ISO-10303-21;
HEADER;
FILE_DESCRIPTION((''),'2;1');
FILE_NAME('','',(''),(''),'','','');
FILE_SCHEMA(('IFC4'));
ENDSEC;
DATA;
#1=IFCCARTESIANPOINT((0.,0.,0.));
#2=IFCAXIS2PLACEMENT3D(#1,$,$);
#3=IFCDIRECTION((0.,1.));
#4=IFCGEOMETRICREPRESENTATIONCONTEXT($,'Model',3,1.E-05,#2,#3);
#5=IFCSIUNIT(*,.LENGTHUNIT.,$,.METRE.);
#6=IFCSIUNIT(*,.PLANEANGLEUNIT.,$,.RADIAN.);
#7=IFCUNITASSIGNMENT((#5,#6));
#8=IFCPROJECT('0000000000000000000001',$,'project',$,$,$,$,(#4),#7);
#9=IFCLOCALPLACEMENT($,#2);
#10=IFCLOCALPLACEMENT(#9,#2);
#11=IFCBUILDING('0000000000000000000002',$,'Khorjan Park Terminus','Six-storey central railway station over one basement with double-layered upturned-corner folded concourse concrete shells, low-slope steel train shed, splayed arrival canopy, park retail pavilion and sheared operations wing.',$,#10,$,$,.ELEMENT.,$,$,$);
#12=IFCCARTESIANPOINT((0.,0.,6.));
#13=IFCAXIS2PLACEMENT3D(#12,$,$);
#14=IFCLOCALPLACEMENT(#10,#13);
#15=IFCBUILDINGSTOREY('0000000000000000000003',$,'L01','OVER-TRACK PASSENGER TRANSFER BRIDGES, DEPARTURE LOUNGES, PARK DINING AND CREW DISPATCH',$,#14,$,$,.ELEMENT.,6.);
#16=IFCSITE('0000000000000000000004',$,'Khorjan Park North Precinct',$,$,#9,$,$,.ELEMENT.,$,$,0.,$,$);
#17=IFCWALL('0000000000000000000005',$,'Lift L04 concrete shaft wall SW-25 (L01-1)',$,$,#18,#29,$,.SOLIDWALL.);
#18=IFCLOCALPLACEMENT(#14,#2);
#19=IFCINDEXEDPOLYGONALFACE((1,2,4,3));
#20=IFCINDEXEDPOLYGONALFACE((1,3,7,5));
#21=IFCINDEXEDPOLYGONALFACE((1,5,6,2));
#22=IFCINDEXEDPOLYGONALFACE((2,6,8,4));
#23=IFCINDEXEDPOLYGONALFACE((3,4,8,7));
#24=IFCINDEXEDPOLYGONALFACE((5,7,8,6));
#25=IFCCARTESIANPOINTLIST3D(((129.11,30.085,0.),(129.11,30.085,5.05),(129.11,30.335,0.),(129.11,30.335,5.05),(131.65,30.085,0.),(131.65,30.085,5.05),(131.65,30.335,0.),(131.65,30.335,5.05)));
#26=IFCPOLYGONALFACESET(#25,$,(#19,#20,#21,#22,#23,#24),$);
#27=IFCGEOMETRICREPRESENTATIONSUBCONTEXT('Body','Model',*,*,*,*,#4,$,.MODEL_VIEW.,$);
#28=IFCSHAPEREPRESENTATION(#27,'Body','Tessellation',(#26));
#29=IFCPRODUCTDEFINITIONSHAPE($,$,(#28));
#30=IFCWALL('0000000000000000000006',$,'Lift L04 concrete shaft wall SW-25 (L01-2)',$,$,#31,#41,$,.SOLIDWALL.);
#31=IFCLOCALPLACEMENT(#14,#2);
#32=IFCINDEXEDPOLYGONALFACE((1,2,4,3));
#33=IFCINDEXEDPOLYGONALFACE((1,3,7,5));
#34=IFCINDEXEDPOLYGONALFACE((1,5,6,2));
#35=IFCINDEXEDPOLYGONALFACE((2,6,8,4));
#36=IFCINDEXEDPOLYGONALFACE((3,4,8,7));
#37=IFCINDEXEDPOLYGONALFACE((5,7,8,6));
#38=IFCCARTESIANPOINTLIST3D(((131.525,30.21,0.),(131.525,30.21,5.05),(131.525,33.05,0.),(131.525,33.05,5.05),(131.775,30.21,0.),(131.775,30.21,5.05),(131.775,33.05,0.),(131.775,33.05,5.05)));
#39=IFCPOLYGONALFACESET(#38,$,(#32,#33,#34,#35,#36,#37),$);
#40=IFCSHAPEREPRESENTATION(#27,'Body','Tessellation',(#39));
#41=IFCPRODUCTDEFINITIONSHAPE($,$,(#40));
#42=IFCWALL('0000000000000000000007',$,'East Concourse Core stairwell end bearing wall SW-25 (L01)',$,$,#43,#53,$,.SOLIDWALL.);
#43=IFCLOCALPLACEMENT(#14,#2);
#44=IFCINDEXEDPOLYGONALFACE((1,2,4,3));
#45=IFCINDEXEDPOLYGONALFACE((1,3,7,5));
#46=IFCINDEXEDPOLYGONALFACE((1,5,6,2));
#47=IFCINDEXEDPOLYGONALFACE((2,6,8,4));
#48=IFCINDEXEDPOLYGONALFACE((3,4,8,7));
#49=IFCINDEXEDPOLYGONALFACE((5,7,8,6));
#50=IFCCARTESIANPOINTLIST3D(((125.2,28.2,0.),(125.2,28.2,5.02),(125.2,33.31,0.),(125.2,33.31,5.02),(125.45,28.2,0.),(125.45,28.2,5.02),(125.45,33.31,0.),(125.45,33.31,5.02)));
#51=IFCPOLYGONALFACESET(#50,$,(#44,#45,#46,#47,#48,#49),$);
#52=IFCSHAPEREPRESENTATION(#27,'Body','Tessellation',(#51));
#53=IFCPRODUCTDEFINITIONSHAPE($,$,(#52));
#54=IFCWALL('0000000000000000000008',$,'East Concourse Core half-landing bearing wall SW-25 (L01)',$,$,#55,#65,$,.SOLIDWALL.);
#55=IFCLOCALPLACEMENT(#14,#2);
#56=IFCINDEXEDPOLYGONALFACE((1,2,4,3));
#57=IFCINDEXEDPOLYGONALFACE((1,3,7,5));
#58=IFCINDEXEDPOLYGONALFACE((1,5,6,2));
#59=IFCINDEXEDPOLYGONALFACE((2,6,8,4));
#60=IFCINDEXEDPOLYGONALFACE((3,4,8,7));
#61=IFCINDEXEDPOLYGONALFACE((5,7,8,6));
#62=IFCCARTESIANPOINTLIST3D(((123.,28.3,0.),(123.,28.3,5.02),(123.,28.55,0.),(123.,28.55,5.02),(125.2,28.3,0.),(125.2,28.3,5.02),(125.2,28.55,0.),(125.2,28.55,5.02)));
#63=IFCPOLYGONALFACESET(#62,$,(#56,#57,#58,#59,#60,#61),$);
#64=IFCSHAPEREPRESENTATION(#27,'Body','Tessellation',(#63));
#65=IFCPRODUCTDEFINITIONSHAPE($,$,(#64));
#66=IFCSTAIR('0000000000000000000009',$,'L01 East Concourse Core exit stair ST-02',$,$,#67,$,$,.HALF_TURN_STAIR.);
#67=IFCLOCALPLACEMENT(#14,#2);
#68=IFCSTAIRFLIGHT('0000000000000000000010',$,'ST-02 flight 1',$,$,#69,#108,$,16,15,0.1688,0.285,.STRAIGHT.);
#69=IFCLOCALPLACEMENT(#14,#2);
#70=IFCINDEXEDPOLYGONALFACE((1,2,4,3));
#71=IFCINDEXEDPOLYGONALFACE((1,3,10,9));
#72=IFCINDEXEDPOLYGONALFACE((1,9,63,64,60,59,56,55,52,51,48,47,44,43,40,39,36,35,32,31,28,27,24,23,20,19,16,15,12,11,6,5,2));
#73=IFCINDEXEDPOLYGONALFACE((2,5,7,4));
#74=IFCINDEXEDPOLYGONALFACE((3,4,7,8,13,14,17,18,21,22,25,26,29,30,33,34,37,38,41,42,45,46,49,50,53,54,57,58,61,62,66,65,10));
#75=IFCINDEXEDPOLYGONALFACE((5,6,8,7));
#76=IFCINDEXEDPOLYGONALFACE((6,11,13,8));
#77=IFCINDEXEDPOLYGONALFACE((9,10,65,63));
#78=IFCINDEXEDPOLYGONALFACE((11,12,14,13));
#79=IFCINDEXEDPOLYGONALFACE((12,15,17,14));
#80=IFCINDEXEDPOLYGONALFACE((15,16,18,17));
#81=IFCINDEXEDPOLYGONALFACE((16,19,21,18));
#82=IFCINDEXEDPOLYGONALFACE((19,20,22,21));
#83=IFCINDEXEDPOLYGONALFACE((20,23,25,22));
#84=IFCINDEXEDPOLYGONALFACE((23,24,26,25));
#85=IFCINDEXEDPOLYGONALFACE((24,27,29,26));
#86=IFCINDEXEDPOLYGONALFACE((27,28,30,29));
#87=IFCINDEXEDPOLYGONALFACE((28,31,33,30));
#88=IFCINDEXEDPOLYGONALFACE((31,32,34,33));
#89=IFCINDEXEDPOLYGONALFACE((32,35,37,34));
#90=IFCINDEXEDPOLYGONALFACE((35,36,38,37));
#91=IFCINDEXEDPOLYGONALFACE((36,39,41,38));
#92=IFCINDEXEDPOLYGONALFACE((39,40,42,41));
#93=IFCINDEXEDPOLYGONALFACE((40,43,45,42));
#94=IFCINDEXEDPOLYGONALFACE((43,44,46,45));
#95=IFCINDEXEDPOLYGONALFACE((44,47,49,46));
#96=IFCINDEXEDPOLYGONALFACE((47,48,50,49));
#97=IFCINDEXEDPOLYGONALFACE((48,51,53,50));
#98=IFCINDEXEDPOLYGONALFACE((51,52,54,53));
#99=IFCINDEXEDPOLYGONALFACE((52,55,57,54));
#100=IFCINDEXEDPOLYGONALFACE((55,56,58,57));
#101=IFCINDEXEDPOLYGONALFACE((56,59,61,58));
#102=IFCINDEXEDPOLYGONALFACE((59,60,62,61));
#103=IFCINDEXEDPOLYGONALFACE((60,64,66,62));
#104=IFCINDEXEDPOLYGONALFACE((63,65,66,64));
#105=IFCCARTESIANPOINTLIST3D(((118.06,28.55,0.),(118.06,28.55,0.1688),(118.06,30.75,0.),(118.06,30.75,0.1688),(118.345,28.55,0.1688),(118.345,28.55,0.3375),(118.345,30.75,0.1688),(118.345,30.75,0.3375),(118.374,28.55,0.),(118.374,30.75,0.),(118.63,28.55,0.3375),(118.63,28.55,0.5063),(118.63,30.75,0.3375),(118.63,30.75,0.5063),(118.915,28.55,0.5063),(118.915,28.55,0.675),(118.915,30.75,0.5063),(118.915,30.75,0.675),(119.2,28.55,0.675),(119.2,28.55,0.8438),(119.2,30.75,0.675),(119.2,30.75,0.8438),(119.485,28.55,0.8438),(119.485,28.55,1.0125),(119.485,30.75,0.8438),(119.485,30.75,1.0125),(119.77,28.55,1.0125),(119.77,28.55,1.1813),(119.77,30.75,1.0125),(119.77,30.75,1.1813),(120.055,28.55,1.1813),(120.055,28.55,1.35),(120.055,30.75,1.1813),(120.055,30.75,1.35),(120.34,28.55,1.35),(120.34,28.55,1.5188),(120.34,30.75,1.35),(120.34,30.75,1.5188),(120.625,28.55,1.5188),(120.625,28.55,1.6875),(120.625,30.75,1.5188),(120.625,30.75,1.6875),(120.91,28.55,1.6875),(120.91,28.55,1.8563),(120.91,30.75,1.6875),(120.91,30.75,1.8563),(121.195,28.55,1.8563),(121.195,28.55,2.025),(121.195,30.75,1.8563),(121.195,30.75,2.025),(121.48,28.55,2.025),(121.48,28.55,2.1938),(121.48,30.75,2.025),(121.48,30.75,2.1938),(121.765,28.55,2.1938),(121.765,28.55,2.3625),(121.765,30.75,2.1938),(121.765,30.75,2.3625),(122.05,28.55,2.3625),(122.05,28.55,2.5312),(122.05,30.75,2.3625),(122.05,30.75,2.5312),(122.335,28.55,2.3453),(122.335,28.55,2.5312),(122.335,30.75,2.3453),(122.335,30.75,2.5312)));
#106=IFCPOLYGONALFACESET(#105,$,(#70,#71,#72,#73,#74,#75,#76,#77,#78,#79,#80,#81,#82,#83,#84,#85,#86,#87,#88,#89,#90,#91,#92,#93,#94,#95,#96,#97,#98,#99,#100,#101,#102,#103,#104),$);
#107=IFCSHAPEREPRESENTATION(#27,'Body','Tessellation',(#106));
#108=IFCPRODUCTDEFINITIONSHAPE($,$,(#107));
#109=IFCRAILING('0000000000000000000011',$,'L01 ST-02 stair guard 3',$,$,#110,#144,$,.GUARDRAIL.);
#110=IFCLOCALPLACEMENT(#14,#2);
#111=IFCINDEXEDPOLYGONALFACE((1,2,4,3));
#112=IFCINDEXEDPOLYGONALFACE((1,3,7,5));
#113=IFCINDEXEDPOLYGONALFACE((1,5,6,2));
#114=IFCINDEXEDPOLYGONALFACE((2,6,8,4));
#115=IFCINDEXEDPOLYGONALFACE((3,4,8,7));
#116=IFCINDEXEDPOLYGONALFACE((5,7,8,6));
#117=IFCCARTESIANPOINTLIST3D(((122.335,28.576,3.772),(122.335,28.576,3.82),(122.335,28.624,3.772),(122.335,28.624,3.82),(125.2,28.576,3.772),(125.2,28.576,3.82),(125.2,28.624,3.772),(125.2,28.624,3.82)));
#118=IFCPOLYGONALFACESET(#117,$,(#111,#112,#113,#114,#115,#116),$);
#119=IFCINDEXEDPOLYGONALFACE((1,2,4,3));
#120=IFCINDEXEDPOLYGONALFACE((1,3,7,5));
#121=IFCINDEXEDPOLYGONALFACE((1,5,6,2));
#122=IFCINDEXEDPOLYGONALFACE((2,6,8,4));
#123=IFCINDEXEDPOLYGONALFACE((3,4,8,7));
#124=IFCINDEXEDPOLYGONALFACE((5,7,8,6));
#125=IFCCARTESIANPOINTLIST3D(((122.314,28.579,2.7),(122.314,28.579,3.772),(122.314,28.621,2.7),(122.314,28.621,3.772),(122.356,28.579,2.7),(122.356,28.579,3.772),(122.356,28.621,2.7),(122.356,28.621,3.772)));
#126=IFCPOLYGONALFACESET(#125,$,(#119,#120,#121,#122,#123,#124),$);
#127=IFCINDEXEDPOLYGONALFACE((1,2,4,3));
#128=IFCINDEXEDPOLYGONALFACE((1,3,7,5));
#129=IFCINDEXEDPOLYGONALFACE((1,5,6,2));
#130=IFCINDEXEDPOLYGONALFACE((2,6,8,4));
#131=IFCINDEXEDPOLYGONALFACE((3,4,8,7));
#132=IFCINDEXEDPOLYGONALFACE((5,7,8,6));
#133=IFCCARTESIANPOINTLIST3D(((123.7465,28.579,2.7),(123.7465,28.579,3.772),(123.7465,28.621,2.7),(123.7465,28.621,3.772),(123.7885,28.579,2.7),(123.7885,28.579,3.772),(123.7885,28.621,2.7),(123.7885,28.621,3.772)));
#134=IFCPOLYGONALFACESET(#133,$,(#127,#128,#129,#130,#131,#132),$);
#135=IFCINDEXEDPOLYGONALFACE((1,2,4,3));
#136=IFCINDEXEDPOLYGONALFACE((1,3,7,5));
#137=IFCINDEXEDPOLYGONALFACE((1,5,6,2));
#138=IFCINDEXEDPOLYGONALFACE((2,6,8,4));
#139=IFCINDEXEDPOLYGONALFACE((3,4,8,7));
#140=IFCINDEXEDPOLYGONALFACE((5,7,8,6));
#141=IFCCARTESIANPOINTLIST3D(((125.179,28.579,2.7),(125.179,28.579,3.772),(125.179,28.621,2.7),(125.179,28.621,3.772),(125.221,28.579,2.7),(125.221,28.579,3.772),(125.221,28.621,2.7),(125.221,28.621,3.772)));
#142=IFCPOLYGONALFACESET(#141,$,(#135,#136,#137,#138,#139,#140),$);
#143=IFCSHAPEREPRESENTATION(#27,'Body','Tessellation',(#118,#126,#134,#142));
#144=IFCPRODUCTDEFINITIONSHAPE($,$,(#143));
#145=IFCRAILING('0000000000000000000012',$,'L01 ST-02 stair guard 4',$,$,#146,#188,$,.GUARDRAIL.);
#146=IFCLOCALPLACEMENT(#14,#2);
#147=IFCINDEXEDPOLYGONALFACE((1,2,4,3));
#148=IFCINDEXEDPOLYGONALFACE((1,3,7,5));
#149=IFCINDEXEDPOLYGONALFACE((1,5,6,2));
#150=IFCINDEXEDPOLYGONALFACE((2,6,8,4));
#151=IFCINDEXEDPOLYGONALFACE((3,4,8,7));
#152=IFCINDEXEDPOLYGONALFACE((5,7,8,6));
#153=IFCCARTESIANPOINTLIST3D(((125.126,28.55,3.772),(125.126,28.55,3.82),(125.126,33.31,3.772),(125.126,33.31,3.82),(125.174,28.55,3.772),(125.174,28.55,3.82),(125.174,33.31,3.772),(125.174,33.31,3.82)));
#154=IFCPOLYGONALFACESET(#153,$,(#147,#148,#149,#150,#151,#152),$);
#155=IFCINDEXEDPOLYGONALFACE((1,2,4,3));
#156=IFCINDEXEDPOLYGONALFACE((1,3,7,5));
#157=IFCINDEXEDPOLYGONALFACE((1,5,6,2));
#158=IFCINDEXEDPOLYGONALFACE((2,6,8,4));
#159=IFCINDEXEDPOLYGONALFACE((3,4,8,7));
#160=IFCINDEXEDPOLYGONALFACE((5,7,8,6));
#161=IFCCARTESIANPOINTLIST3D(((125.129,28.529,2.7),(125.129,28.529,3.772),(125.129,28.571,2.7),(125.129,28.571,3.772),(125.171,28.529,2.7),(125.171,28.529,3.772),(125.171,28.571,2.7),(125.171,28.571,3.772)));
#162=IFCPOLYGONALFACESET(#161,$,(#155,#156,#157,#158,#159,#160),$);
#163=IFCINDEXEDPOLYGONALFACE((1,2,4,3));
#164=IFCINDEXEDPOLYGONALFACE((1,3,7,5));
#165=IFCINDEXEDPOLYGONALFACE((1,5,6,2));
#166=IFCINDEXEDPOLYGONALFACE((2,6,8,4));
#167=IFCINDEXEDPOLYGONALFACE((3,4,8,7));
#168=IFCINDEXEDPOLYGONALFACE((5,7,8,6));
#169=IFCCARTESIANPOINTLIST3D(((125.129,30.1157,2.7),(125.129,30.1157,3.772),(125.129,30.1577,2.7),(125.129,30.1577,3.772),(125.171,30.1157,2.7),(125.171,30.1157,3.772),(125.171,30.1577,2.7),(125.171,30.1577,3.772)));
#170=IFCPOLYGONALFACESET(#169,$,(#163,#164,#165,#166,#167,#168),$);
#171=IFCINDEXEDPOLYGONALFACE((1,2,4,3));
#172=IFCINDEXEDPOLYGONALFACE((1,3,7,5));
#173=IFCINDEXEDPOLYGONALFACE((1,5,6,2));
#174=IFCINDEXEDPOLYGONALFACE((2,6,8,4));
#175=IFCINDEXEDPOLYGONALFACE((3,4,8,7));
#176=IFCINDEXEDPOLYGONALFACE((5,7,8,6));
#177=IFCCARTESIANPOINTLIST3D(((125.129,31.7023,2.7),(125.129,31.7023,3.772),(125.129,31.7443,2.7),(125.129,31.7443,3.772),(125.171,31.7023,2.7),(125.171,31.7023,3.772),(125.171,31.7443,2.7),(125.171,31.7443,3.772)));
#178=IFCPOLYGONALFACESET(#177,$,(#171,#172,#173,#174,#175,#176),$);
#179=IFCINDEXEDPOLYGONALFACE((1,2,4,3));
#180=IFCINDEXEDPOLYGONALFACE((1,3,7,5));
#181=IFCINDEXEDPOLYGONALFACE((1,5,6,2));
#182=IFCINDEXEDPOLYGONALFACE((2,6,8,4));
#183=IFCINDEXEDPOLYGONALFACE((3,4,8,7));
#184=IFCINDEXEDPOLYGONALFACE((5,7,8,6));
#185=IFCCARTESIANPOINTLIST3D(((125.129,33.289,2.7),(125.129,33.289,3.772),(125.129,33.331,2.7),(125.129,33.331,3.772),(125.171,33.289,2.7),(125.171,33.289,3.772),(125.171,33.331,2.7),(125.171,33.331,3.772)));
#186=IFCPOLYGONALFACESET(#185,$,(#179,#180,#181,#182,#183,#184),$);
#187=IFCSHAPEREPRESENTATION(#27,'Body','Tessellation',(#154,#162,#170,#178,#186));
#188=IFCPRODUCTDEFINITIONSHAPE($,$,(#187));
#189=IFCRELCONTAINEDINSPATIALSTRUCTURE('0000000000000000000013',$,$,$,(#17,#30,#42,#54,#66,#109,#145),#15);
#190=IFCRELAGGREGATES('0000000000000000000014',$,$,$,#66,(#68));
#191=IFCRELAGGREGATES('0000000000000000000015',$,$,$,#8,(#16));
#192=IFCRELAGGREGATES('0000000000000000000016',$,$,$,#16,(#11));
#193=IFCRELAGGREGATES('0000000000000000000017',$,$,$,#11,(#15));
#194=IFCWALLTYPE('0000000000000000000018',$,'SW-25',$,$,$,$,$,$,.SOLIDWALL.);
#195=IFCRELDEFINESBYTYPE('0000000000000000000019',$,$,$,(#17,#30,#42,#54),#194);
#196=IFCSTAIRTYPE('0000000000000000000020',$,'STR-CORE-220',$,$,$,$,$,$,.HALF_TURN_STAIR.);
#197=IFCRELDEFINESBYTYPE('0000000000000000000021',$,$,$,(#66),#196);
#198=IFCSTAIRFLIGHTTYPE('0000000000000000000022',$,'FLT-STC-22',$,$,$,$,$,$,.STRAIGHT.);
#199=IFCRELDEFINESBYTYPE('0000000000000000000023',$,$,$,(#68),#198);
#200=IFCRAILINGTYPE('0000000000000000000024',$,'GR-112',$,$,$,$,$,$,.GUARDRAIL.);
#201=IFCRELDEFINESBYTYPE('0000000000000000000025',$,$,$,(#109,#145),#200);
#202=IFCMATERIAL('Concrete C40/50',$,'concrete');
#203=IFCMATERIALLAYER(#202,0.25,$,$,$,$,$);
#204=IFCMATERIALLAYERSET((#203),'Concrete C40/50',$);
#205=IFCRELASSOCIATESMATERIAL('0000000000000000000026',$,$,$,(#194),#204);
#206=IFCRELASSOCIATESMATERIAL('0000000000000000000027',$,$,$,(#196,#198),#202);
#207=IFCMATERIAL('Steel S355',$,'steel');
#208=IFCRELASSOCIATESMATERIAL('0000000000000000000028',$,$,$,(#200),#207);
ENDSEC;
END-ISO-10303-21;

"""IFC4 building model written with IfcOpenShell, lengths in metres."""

from ifc_helpers import new_model, si_unit, direction, frame, frame_2d, origin, origin_2d, place, context, subcontext, project, spatial, polyline, rectangle, outline, extrude, material, layer, layer_set, type_object, element, aggregate, save


model = new_model("IFC4")

# Units and contexts
model_context = context("Model", 3, precision=1e-05, world=origin(), true_north=direction((0.0, 1.0)))
body_context = subcontext(model_context, "Body", "Model", "MODEL_VIEW")
ifc_project = project(units=[si_unit("LENGTHUNIT", "METRE"), si_unit("PLANEANGLEUNIT", "RADIAN")], contexts=[model_context])

# Site, building, storey
site_placement = place(None, origin())
site = spatial("IfcSite", under=ifc_project, at=site_placement, Name="Khorjan Park North Precinct", CompositionType="ELEMENT", RefElevation=0.0)
building_placement = place(site_placement, origin())
building = spatial("IfcBuilding", under=site, at=building_placement, Name="Khorjan Park Terminus", Description="Six-storey central railway station over one basement with double-layered upturned-corner folded concourse concrete shells, low-slope steel train shed, splayed arrival canopy, park retail pavilion and sheared operations wing.", CompositionType="ELEMENT")
storey_placement = place(building_placement, frame((0.0, 0.0, 6.0)))
storey = spatial("IfcBuildingStorey", under=building, at=storey_placement, Name="L01", Description="OVER-TRACK PASSENGER TRANSFER BRIDGES, DEPARTURE LOUNGES, PARK DINING AND CREW DISPATCH", CompositionType="ELEMENT", Elevation=6.0)

# Walls
ifc_material_1 = material(Name="Concrete C40/50", Category="concrete")
ifc_layer_1 = layer(ifc_material_1, 0.25)
ifc_layer_set_1 = layer_set([ifc_layer_1], Name="Concrete C40/50")
wall_type_1 = type_object("IfcWallType", Name="SW-25", PredefinedType="SOLIDWALL", material=ifc_layer_set_1)
wall_1_placement = place(storey_placement, frame((129.11, 30.21, 0.0), z_axis=(0.0, 0.0, 1.0), x_axis=(1.0, 0.0, 0.0)))
element("IfcWall", 1, at=wall_1_placement, inside=storey, type_object=wall_type_1, Name="Lift L04 concrete shaft wall SW-25 (L01-1)", PredefinedType="SOLIDWALL", context=body_context, shape_type="SweptSolid", body=[
    extrude(rectangle(XDim=2.54, YDim=0.25, at=frame_2d((1.27, 0.0))), origin(), (0.0, 0.0, 1.0), 5.05),
])
wall_2_placement = place(storey_placement, frame((131.65, 30.21, 0.0), z_axis=(0.0, 0.0, 1.0), x_axis=(0.0, 1.0, 0.0)))
element("IfcWall", 2, at=wall_2_placement, inside=storey, type_object=wall_type_1, Name="Lift L04 concrete shaft wall SW-25 (L01-2)", PredefinedType="SOLIDWALL", context=body_context, shape_type="SweptSolid", body=[
    extrude(rectangle(XDim=2.84, YDim=0.25, at=frame_2d((1.42, 0.0))), origin(), (0.0, 0.0, 1.0), 5.05),
])
wall_3_placement = place(storey_placement, frame((125.325, 28.2, 0.0), z_axis=(0.0, 0.0, 1.0), x_axis=(0.0, 1.0, 0.0)))
element("IfcWall", 3, at=wall_3_placement, inside=storey, type_object=wall_type_1, Name="East Concourse Core stairwell end bearing wall SW-25 (L01)", PredefinedType="SOLIDWALL", context=body_context, shape_type="SweptSolid", body=[
    extrude(rectangle(XDim=5.11, YDim=0.25, at=frame_2d((2.555, 0.0))), origin(), (0.0, 0.0, 1.0), 5.02),
])
wall_4_placement = place(storey_placement, frame((123.0, 28.425, 0.0), z_axis=(0.0, 0.0, 1.0), x_axis=(1.0, 0.0, 0.0)))
element("IfcWall", 4, at=wall_4_placement, inside=storey, type_object=wall_type_1, Name="East Concourse Core half-landing bearing wall SW-25 (L01)", PredefinedType="SOLIDWALL", context=body_context, shape_type="SweptSolid", body=[
    extrude(rectangle(XDim=2.2, YDim=0.25, at=frame_2d((1.1, 0.0))), origin(), (0.0, 0.0, 1.0), 5.02),
])

# Stair, stair flight
stair_type = type_object("IfcStairType", Name="STR-CORE-220", PredefinedType="HALF_TURN_STAIR", material=ifc_material_1)
stair_placement = place(storey_placement, origin())
stair = element("IfcStair", 5, at=stair_placement, inside=storey, type_object=stair_type, Name="L01 East Concourse Core exit stair ST-02", PredefinedType="HALF_TURN_STAIR")
stair_flight_type = type_object("IfcStairFlightType", Name="FLT-STC-22", PredefinedType="STRAIGHT", material=ifc_material_1)
stair_flight_placement = place(storey_placement, frame((118.06, 29.65, 0.0), z_axis=(0.0, 0.0, 1.0), x_axis=(1.0, 0.0, 0.0)))
stair_flight = element("IfcStairFlight", 6, at=stair_flight_placement, type_object=stair_flight_type, Name="ST-02 flight 1", NumberOfRisers=16, NumberOfTreads=15, PredefinedType="STRAIGHT", RiserHeight=0.1688, TreadLength=0.285, context=body_context, shape_type="SweptSolid", body=[
    extrude(outline(polyline([(0.0, 0.0), (0.0, 0.1688), (0.285, 0.1688), (0.285, 0.3375), (0.57, 0.3375), (0.57, 0.5063), (0.855, 0.5063), (0.855, 0.675), (1.14, 0.675), (1.14, 0.8438), (1.425, 0.8438), (1.425, 1.0125), (1.71, 1.0125), (1.71, 1.1813), (1.995, 1.1813), (1.995, 1.35), (2.28, 1.35), (2.28, 1.5188), (2.565, 1.5188), (2.565, 1.6875), (2.85, 1.6875), (2.85, 1.8563), (3.135, 1.8563), (3.135, 2.025), (3.42, 2.025), (3.42, 2.1938), (3.705, 2.1938), (3.705, 2.3625), (3.99, 2.3625), (3.99, 2.5312), (4.275, 2.5312), (4.275, 2.7), (4.275, 2.3453), (0.314, 0.0), (0.0, 0.0)])), frame((0.0, 1.1, 0.0), z_axis=(0.0, -1.0, 0.0), x_axis=(1.0, 0.0, 0.0)), (0.0, 0.0, 1.0), 2.2),
])
aggregate(stair, [stair_flight])

# Railings
ifc_material_2 = material(Name="Steel S355", Category="steel")
railing_type = type_object("IfcRailingType", Name="GR-112", PredefinedType="GUARDRAIL", material=ifc_material_2)
railing_1_placement = place(storey_placement, frame((122.335, 28.6, 2.7)))
element("IfcRailing", 7, at=railing_1_placement, inside=storey, type_object=railing_type, Name="L01 ST-02 stair guard 3", PredefinedType="GUARDRAIL", context=body_context, shape_type="SweptSolid", body=[
    extrude(rectangle(XDim=0.048, YDim=0.048, at=origin_2d()), frame((0.0, 0.0, 1.096), z_axis=(1.0, 0.0, 0.0), x_axis=(0.0, 1.0, 0.0)), (0.0, 0.0, 1.0), 2.865),
    extrude(rectangle(XDim=0.042, YDim=0.042, at=origin_2d()), origin(), (0.0, 0.0, 1.0), 1.072),
    extrude(rectangle(XDim=0.042, YDim=0.042, at=origin_2d()), frame((1.4325, 0.0, 0.0)), (0.0, 0.0, 1.0), 1.072),
    extrude(rectangle(XDim=0.042, YDim=0.042, at=origin_2d()), frame((2.865, 0.0, 0.0)), (0.0, 0.0, 1.0), 1.072),
])
railing_2_placement = place(storey_placement, frame((125.15, 28.55, 2.7)))
element("IfcRailing", 8, at=railing_2_placement, inside=storey, type_object=railing_type, Name="L01 ST-02 stair guard 4", PredefinedType="GUARDRAIL", context=body_context, shape_type="SweptSolid", body=[
    extrude(rectangle(XDim=0.048, YDim=0.048, at=origin_2d()), frame((0.0, 0.0, 1.096), z_axis=(0.0, 1.0, 0.0), x_axis=(-1.0, 0.0, 0.0)), (0.0, 0.0, 1.0), 4.76),
    extrude(rectangle(XDim=0.042, YDim=0.042, at=origin_2d()), origin(), (0.0, 0.0, 1.0), 1.072),
    extrude(rectangle(XDim=0.042, YDim=0.042, at=origin_2d()), frame((0.0, 1.5867, 0.0)), (0.0, 0.0, 1.0), 1.072),
    extrude(rectangle(XDim=0.042, YDim=0.042, at=origin_2d()), frame((0.0, 3.1733, 0.0)), (0.0, 0.0, 1.0), 1.072),
    extrude(rectangle(XDim=0.042, YDim=0.042, at=origin_2d()), frame((0.0, 4.76, 0.0)), (0.0, 0.0, 1.0), 1.072),
])

save(model, "model.ifc")
